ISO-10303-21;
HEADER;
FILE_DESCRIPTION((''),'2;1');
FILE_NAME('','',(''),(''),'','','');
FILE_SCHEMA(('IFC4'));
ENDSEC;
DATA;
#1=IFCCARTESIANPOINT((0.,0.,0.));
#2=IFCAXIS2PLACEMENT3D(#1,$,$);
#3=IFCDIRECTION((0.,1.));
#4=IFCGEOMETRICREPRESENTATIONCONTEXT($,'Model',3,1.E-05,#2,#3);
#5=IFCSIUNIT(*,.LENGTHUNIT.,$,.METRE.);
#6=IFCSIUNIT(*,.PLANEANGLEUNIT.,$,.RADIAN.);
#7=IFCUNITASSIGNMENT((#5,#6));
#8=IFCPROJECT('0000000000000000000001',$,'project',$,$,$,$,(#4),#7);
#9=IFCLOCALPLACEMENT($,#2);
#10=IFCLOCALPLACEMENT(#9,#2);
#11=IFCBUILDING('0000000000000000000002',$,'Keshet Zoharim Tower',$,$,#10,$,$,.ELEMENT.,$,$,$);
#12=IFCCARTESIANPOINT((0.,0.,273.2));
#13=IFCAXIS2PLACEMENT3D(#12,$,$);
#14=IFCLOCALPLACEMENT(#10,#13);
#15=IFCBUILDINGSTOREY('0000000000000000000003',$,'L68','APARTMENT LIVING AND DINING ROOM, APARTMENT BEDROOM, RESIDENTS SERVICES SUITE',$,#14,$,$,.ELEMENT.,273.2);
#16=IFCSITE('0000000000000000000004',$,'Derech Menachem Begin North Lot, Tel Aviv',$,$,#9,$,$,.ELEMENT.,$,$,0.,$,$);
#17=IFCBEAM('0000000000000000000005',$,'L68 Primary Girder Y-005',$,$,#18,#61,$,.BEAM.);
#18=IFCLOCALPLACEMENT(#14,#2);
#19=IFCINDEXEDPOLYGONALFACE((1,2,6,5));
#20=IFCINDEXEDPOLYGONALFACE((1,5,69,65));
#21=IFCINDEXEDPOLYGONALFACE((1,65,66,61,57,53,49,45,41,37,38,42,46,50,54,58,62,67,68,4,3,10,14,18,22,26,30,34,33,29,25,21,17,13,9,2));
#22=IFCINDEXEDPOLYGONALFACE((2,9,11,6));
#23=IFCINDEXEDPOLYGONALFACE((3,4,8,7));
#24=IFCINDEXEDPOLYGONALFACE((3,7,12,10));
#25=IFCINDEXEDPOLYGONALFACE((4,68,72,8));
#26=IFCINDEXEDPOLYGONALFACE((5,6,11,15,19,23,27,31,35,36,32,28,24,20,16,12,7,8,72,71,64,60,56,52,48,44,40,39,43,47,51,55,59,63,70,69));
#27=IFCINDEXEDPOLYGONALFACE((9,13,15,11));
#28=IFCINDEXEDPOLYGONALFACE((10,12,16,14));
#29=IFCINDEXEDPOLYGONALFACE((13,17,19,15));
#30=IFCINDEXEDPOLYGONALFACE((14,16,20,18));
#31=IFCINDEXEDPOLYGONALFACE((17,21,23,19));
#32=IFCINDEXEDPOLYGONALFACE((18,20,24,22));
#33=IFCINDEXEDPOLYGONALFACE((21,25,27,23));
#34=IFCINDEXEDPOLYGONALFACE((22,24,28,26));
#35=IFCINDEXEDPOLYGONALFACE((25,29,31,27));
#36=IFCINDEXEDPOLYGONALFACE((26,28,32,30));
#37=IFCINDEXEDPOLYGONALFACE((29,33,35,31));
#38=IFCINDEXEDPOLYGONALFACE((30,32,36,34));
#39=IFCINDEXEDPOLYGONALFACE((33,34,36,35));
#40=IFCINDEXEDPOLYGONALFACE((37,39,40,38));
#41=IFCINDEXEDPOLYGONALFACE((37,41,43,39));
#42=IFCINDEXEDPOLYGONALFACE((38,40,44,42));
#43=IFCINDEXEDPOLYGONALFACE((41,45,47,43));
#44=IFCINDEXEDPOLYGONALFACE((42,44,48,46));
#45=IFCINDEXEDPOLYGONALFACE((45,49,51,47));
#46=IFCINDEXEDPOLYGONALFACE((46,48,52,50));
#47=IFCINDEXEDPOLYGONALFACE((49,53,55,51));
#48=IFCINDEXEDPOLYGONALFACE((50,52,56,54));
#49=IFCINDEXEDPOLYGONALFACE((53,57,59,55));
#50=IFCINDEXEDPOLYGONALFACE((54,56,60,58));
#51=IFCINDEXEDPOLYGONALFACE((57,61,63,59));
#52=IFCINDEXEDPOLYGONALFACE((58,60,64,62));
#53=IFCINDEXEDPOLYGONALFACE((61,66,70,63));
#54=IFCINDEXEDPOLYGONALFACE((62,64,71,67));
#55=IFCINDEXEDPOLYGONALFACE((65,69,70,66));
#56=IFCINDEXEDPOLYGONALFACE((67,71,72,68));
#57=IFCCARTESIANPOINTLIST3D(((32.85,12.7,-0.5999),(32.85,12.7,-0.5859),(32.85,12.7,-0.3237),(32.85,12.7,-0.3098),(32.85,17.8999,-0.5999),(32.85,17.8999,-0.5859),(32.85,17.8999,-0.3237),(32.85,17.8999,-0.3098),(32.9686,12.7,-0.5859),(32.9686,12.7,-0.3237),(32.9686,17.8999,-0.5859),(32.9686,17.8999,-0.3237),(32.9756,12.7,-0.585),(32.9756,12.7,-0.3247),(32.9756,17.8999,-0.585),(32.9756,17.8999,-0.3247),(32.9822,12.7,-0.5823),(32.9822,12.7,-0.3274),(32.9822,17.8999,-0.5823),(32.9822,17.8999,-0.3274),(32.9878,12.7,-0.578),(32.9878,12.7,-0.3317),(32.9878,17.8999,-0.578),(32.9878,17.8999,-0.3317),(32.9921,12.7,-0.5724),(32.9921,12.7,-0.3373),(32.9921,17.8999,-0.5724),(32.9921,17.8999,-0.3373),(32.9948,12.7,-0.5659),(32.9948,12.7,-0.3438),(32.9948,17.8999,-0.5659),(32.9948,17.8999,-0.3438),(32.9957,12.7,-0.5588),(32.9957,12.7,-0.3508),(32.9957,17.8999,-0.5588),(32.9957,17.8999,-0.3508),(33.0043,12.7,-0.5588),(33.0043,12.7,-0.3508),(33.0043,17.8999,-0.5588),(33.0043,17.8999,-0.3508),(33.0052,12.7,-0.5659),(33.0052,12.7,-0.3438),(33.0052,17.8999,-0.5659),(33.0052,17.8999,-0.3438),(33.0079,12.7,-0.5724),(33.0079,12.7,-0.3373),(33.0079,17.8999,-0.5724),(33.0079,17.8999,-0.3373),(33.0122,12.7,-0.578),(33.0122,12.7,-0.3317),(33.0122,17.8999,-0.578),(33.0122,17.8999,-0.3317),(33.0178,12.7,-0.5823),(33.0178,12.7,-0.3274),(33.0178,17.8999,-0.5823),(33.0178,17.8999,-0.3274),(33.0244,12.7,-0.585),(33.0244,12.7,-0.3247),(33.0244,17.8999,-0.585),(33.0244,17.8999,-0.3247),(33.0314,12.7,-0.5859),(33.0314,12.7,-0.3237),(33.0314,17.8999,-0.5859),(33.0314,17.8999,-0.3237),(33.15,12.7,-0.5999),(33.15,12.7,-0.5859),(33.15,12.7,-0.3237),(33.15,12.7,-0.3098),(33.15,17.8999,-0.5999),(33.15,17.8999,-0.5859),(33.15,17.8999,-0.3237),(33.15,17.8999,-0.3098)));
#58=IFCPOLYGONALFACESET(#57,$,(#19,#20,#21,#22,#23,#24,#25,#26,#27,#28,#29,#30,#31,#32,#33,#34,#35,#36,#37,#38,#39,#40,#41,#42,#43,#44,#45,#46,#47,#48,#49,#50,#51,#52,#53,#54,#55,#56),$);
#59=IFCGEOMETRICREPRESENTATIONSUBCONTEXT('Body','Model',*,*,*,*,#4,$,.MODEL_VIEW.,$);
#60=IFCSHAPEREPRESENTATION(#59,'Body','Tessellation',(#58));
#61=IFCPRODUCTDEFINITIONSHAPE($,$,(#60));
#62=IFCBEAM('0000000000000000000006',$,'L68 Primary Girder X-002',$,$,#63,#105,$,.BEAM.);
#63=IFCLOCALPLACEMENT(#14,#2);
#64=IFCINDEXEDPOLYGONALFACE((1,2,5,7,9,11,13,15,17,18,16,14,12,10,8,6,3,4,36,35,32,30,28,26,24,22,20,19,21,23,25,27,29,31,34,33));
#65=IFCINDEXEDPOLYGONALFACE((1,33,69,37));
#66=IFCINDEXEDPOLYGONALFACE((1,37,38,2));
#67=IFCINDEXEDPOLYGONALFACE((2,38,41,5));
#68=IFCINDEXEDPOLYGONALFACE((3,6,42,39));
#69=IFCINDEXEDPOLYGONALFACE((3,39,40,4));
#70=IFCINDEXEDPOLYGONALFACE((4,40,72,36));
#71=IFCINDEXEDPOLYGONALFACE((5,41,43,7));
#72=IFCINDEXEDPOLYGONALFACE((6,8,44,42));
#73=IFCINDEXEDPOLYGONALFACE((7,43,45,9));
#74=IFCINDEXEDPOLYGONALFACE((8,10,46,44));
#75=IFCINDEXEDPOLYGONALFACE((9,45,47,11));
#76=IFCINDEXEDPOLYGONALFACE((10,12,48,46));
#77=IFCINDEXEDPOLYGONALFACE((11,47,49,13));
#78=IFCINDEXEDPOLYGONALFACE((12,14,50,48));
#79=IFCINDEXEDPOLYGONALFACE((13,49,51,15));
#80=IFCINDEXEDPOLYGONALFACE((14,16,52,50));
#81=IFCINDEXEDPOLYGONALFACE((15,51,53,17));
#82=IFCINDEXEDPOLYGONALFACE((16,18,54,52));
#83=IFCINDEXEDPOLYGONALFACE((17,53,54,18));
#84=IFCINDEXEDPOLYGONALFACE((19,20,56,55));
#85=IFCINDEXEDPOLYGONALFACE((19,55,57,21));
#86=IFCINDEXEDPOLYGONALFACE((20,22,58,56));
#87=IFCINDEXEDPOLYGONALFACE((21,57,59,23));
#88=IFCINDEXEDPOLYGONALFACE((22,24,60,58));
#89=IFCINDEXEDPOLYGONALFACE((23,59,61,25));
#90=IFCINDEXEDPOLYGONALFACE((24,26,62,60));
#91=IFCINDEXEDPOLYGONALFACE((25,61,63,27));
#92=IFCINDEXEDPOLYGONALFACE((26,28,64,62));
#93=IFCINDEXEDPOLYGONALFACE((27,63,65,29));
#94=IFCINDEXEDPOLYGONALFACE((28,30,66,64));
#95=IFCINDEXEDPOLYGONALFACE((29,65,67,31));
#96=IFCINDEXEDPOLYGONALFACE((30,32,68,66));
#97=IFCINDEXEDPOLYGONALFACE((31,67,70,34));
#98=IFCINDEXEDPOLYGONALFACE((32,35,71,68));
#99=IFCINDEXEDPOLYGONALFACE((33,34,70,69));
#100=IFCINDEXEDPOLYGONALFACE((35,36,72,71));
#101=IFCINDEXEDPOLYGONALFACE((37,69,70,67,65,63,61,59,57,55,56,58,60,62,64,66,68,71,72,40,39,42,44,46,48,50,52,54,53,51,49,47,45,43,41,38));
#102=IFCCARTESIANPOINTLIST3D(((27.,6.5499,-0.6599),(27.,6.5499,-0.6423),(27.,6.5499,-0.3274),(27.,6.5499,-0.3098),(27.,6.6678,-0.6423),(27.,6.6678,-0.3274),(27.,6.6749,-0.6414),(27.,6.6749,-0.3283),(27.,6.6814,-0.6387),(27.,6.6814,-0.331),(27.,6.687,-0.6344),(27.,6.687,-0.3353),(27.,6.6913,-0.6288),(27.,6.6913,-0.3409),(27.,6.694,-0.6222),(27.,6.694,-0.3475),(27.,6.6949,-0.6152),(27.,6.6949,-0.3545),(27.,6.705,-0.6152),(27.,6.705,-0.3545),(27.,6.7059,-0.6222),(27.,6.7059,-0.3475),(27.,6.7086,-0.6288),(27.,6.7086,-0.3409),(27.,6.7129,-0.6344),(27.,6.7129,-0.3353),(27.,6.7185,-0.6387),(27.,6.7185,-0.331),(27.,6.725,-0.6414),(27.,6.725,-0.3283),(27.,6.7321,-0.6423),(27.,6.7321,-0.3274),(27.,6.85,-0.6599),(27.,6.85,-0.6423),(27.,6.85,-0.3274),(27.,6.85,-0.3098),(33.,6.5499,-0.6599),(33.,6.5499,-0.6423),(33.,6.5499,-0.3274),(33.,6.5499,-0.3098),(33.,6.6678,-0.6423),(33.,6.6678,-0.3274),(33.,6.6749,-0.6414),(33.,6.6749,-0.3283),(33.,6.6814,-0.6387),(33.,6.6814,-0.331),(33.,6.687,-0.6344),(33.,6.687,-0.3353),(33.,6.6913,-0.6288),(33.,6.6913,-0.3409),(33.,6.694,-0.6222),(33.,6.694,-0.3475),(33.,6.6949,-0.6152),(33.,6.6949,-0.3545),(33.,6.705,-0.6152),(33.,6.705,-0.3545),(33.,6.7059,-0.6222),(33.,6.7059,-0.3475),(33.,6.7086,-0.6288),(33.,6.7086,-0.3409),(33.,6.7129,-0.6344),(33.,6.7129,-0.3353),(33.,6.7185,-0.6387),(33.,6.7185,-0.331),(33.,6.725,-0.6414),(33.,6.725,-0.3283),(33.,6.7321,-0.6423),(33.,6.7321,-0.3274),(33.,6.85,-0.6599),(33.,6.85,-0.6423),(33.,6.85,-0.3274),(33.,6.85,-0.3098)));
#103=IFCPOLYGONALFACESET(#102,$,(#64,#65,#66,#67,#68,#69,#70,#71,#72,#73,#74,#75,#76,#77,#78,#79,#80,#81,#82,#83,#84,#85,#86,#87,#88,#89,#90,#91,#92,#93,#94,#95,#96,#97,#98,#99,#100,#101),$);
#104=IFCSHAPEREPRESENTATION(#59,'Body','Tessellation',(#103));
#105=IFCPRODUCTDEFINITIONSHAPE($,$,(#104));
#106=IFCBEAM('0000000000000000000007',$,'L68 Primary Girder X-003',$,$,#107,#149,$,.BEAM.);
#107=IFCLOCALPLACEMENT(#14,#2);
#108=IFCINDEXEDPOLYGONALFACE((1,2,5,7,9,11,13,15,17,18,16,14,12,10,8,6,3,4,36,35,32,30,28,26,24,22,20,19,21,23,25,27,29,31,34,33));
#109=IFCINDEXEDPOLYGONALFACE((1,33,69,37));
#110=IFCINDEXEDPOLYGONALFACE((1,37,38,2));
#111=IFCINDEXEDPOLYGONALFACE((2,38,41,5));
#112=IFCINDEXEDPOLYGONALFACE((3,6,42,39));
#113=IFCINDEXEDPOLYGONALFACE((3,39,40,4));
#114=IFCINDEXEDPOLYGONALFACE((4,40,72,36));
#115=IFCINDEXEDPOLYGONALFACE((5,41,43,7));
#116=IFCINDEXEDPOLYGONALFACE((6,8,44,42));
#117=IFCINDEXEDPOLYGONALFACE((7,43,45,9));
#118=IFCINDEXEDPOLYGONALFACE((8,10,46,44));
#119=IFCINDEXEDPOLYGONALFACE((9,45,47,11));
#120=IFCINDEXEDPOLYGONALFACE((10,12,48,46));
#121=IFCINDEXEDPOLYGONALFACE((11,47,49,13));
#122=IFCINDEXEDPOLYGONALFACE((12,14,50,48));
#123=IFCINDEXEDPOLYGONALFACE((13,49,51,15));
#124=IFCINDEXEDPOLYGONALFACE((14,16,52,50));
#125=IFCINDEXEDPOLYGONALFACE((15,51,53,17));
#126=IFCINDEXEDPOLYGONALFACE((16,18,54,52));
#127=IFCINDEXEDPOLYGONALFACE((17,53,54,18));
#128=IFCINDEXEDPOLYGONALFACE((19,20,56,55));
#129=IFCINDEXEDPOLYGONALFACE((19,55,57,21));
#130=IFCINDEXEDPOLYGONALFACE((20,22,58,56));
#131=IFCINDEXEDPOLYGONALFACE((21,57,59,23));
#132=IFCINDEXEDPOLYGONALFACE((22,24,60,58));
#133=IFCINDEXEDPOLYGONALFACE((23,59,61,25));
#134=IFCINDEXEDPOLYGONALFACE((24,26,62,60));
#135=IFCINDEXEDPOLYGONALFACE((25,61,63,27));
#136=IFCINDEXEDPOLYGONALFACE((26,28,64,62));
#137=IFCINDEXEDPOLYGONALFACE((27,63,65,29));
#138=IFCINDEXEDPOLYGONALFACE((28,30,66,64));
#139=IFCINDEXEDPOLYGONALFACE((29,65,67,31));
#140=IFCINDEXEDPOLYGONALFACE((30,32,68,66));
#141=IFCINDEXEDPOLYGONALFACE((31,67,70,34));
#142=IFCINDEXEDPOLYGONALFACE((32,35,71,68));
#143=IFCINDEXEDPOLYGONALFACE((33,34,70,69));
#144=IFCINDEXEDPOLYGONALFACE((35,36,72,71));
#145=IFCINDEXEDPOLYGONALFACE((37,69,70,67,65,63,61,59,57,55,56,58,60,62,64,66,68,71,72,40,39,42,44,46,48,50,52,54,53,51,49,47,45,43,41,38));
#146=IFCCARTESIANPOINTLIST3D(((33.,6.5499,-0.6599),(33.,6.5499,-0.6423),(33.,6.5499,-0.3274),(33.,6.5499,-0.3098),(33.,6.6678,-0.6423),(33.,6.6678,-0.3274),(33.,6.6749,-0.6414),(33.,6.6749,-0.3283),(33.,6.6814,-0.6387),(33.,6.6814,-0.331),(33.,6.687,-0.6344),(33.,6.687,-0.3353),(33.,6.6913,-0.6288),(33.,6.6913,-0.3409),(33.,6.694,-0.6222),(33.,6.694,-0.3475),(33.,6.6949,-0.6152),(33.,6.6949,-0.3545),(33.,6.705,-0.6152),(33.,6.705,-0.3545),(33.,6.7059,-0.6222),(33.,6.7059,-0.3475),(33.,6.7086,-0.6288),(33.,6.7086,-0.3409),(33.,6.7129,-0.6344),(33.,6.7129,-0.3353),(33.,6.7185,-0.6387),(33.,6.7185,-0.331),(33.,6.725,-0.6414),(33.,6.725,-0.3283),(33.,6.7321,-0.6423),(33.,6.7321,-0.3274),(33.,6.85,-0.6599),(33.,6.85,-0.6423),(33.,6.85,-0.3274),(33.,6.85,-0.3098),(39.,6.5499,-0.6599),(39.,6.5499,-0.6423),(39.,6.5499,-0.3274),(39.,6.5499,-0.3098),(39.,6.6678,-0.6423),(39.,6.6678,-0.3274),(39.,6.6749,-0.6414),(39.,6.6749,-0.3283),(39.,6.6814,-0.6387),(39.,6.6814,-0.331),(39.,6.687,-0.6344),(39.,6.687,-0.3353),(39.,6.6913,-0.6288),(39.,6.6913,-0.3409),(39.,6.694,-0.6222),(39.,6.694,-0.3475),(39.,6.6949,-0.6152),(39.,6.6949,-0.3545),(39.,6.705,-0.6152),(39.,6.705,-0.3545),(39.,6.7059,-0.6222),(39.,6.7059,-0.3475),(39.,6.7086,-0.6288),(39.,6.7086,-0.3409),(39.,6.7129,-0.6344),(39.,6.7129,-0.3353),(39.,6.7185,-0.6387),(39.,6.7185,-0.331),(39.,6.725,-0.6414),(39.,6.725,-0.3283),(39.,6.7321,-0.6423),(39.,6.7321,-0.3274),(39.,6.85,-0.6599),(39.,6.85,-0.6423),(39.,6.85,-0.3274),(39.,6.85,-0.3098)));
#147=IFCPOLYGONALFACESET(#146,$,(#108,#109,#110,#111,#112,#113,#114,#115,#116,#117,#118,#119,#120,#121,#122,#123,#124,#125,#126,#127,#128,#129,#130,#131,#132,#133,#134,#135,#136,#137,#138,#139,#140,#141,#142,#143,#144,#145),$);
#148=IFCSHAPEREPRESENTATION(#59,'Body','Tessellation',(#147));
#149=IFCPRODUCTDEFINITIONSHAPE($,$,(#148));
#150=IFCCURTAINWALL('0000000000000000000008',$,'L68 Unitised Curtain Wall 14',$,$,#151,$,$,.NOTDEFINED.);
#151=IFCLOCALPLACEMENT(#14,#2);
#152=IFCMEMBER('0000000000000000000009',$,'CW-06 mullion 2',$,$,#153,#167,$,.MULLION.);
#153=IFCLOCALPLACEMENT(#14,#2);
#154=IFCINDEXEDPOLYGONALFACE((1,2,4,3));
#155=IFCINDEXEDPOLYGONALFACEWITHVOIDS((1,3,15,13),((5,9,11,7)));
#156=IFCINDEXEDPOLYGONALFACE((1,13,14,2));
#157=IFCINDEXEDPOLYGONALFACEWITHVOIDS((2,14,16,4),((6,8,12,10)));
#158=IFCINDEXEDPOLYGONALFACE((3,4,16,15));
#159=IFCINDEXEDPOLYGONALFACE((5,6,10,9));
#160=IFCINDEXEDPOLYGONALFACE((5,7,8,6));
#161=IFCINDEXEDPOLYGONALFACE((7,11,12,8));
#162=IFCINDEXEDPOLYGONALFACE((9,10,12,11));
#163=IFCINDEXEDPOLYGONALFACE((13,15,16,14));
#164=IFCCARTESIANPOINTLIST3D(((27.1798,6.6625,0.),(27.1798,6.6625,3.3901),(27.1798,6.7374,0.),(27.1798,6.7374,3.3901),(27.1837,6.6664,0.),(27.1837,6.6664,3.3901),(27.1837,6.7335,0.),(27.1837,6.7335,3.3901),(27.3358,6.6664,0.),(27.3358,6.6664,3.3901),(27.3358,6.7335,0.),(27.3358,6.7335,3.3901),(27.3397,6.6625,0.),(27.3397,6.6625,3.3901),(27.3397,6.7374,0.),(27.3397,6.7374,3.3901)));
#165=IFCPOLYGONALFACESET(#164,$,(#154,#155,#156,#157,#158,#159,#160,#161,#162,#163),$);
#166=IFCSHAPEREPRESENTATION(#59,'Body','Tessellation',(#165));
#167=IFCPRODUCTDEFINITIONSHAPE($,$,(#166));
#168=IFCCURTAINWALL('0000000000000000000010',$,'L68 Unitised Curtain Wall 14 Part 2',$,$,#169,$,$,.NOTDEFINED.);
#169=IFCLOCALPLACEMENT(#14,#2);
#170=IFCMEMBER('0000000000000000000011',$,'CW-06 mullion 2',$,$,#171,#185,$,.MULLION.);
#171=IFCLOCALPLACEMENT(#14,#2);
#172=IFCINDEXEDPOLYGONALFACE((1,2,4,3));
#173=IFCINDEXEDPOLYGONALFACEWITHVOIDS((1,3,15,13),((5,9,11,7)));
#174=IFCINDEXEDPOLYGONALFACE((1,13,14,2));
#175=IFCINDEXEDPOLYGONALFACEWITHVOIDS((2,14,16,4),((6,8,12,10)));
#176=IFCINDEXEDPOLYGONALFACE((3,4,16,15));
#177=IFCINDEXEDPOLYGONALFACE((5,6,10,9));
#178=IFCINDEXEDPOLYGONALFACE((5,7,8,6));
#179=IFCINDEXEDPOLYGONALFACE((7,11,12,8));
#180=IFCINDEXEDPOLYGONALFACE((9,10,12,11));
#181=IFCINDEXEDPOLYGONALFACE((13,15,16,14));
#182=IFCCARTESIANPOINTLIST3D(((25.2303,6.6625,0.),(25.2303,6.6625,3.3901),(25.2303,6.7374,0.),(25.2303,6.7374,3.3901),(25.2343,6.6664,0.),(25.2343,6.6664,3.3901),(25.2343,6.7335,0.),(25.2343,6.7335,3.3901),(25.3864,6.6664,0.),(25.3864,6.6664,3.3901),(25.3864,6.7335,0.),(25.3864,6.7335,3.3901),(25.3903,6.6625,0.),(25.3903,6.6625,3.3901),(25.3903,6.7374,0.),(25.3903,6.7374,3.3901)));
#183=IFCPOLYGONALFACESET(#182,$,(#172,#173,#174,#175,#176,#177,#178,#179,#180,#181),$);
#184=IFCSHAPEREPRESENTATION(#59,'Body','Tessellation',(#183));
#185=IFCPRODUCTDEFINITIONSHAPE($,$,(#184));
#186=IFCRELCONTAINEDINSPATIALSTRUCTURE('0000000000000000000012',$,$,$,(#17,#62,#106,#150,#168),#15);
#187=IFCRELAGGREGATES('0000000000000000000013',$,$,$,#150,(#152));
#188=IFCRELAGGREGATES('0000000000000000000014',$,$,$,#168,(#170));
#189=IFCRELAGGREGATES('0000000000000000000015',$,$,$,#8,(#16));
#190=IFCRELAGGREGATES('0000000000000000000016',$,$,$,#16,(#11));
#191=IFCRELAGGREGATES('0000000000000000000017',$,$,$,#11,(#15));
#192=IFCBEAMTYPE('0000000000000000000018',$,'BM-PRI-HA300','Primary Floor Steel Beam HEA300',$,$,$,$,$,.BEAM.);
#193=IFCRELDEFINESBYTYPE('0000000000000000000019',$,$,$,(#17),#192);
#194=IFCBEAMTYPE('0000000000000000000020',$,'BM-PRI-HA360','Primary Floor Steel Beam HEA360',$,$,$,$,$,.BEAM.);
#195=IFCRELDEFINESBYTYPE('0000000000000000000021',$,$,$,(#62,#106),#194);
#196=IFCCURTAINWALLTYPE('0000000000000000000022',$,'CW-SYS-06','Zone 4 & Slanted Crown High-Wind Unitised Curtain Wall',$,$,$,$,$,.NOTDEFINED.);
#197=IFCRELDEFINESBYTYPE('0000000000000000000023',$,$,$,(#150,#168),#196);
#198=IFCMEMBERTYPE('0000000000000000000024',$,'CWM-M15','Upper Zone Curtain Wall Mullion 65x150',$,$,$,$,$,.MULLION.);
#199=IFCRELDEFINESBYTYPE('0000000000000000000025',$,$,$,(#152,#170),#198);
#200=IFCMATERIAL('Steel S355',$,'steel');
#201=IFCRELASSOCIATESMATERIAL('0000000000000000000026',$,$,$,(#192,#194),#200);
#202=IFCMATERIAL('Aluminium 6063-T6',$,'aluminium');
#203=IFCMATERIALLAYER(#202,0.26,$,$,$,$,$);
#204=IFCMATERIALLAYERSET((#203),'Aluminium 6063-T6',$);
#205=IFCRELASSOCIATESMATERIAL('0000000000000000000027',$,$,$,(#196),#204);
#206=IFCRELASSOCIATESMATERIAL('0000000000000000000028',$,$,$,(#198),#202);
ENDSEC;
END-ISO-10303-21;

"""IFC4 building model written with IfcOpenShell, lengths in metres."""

from ifc_helpers import new_model, si_unit, direction, frame, origin, origin_2d, place, context, subcontext, project, spatial, hollow_rectangle, i_section, extrude, material, layer, layer_set, material_profile, profile_set, type_object, element, aggregate, save


model = new_model("IFC4")

# Units and contexts
model_context = context("Model", 3, precision=1e-05, world=origin(), true_north=direction((0.0, 1.0)))
body_context = subcontext(model_context, "Body", "Model", "MODEL_VIEW")
ifc_project = project(units=[si_unit("LENGTHUNIT", "METRE"), si_unit("PLANEANGLEUNIT", "RADIAN")], contexts=[model_context])

# Site, building, storey
site_placement = place(None, origin())
site = spatial("IfcSite", under=ifc_project, at=site_placement, Name="Derech Menachem Begin North Lot, Tel Aviv", CompositionType="ELEMENT", RefElevation=0.0)
building_placement = place(site_placement, origin())
building = spatial("IfcBuilding", under=site, at=building_placement, Name="Keshet Zoharim Tower", CompositionType="ELEMENT")
storey_placement = place(building_placement, frame((0.0, 0.0, 273.2)))
storey = spatial("IfcBuildingStorey", under=building, at=storey_placement, Name="L68", Description="APARTMENT LIVING AND DINING ROOM, APARTMENT BEDROOM, RESIDENTS SERVICES SUITE", CompositionType="ELEMENT", Elevation=273.2)

# Shared definitions
ifc_material_1 = material(Name="Steel S355", Category="steel")

# Beams
ifc_material_profile_1 = material_profile(ifc_material_1, i_section(OverallWidth=0.3, OverallDepth=0.29, WebThickness=0.0085, FlangeThickness=0.0139, FilletRadius=0.0271, at=origin_2d()), Name="HEA300")
ifc_profile_set_1 = profile_set([ifc_material_profile_1], Name="Steel S355")
beam_type_1 = type_object("IfcBeamType", Name="BM-PRI-HA300", Description="Primary Floor Steel Beam HEA300", PredefinedType="BEAM", material=ifc_profile_set_1)
beam_1_placement = place(storey_placement, frame((33.0, 12.7, -0.4548), z_axis=(0.0, 1.0, 0.0), x_axis=(-1.0, 0.0, 0.0)))
element("IfcBeam", 1, at=beam_1_placement, inside=storey, type_object=beam_type_1, Name="L68 Primary Girder Y-005", PredefinedType="BEAM", context=body_context, shape_type="SweptSolid", body=[
    extrude(i_section(OverallWidth=0.3, OverallDepth=0.29, WebThickness=0.0085, FlangeThickness=0.0139, FilletRadius=0.0271, at=origin_2d()), origin(), (0.0, 0.0, 1.0), 5.2),
])
ifc_material_profile_2 = material_profile(ifc_material_1, i_section(OverallWidth=0.3, OverallDepth=0.3501, WebThickness=0.01, FlangeThickness=0.0176, FilletRadius=0.0271, at=origin_2d()), Name="HEA360")
ifc_profile_set_2 = profile_set([ifc_material_profile_2], Name="Steel S355")
beam_type_2 = type_object("IfcBeamType", Name="BM-PRI-HA360", Description="Primary Floor Steel Beam HEA360", PredefinedType="BEAM", material=ifc_profile_set_2)
for number, where, z_axis, x_axis, name in (
    (2, (27.0, 6.7, -0.4849), (1.0, 0.0, 0.0), (0.0, 1.0, 0.0), "L68 Primary Girder X-002"),
    (3, (33.0, 6.7, -0.4849), (1.0, 0.0, 0.0), (0.0, 1.0, 0.0), "L68 Primary Girder X-003"),
):
    element("IfcBeam", number, at=place(storey_placement, frame(where, z_axis=z_axis, x_axis=x_axis)), inside=storey, type_object=beam_type_2, Name=name, PredefinedType="BEAM", context=body_context, shape_type="SweptSolid", body=[
        extrude(i_section(OverallWidth=0.3, OverallDepth=0.3501, WebThickness=0.01, FlangeThickness=0.0176, FilletRadius=0.0271, at=origin_2d()), origin(), (0.0, 0.0, 1.0), 6.0),
    ])

# Curtain wall, member
ifc_material_2 = material(Name="Aluminium 6063-T6", Category="aluminium")
ifc_layer_1 = layer(ifc_material_2, 0.26)
ifc_layer_set_1 = layer_set([ifc_layer_1], Name="Aluminium 6063-T6")
curtain_wall_type = type_object("IfcCurtainWallType", Name="CW-SYS-06", Description="Zone 4 & Slanted Crown High-Wind Unitised Curtain Wall", PredefinedType="NOTDEFINED", material=ifc_layer_set_1)
curtain_wall_1_placement = place(storey_placement, origin())
curtain_wall_1 = element("IfcCurtainWall", 4, at=curtain_wall_1_placement, inside=storey, type_object=curtain_wall_type, Name="L68 Unitised Curtain Wall 14", PredefinedType="NOTDEFINED")
ifc_material_profile_3 = material_profile(ifc_material_2, hollow_rectangle(XDim=0.075, YDim=0.1599, WallThickness=0.0039, at=origin_2d()), Name="MUL-75x160")
ifc_profile_set_3 = profile_set([ifc_material_profile_3], Name="Aluminium 6063-T6")
member_type_1 = type_object("IfcMemberType", Name="CWM-M15", Description="Upper Zone Curtain Wall Mullion 65x150", PredefinedType="MULLION", material=ifc_profile_set_3)
member_1_placement = place(storey_placement, frame((27.2598, 6.7, 0.0), z_axis=(0.0, 0.0, 1.0), x_axis=(0.0, -1.0, 0.0)))
member_1 = element("IfcMember", 5, at=member_1_placement, type_object=member_type_1, Name="CW-06 mullion 2", PredefinedType="MULLION", context=body_context, shape_type="SweptSolid", body=[
    extrude(hollow_rectangle(XDim=0.075, YDim=0.1599, WallThickness=0.0039, at=origin_2d()), origin(), (0.0, 0.0, 1.0), 3.3901),
])
aggregate(curtain_wall_1, [member_1])

# Curtain wall, member
curtain_wall_2_placement = place(storey_placement, origin())
curtain_wall_2 = element("IfcCurtainWall", 6, at=curtain_wall_2_placement, inside=storey, type_object=curtain_wall_type, Name="L68 Unitised Curtain Wall 14 Part 2", PredefinedType="NOTDEFINED")
member_2_placement = place(storey_placement, frame((25.3103, 6.7, 0.0), z_axis=(0.0, 0.0, 1.0), x_axis=(0.0, -1.0, 0.0)))
member_2 = element("IfcMember", 7, at=member_2_placement, type_object=member_type_1, Name="CW-06 mullion 2", PredefinedType="MULLION", context=body_context, shape_type="SweptSolid", body=[
    extrude(hollow_rectangle(XDim=0.075, YDim=0.1599, WallThickness=0.0039, at=origin_2d()), origin(), (0.0, 0.0, 1.0), 3.3901),
])

aggregate(curtain_wall_2, [member_2])

save(model, "model.ifc")
